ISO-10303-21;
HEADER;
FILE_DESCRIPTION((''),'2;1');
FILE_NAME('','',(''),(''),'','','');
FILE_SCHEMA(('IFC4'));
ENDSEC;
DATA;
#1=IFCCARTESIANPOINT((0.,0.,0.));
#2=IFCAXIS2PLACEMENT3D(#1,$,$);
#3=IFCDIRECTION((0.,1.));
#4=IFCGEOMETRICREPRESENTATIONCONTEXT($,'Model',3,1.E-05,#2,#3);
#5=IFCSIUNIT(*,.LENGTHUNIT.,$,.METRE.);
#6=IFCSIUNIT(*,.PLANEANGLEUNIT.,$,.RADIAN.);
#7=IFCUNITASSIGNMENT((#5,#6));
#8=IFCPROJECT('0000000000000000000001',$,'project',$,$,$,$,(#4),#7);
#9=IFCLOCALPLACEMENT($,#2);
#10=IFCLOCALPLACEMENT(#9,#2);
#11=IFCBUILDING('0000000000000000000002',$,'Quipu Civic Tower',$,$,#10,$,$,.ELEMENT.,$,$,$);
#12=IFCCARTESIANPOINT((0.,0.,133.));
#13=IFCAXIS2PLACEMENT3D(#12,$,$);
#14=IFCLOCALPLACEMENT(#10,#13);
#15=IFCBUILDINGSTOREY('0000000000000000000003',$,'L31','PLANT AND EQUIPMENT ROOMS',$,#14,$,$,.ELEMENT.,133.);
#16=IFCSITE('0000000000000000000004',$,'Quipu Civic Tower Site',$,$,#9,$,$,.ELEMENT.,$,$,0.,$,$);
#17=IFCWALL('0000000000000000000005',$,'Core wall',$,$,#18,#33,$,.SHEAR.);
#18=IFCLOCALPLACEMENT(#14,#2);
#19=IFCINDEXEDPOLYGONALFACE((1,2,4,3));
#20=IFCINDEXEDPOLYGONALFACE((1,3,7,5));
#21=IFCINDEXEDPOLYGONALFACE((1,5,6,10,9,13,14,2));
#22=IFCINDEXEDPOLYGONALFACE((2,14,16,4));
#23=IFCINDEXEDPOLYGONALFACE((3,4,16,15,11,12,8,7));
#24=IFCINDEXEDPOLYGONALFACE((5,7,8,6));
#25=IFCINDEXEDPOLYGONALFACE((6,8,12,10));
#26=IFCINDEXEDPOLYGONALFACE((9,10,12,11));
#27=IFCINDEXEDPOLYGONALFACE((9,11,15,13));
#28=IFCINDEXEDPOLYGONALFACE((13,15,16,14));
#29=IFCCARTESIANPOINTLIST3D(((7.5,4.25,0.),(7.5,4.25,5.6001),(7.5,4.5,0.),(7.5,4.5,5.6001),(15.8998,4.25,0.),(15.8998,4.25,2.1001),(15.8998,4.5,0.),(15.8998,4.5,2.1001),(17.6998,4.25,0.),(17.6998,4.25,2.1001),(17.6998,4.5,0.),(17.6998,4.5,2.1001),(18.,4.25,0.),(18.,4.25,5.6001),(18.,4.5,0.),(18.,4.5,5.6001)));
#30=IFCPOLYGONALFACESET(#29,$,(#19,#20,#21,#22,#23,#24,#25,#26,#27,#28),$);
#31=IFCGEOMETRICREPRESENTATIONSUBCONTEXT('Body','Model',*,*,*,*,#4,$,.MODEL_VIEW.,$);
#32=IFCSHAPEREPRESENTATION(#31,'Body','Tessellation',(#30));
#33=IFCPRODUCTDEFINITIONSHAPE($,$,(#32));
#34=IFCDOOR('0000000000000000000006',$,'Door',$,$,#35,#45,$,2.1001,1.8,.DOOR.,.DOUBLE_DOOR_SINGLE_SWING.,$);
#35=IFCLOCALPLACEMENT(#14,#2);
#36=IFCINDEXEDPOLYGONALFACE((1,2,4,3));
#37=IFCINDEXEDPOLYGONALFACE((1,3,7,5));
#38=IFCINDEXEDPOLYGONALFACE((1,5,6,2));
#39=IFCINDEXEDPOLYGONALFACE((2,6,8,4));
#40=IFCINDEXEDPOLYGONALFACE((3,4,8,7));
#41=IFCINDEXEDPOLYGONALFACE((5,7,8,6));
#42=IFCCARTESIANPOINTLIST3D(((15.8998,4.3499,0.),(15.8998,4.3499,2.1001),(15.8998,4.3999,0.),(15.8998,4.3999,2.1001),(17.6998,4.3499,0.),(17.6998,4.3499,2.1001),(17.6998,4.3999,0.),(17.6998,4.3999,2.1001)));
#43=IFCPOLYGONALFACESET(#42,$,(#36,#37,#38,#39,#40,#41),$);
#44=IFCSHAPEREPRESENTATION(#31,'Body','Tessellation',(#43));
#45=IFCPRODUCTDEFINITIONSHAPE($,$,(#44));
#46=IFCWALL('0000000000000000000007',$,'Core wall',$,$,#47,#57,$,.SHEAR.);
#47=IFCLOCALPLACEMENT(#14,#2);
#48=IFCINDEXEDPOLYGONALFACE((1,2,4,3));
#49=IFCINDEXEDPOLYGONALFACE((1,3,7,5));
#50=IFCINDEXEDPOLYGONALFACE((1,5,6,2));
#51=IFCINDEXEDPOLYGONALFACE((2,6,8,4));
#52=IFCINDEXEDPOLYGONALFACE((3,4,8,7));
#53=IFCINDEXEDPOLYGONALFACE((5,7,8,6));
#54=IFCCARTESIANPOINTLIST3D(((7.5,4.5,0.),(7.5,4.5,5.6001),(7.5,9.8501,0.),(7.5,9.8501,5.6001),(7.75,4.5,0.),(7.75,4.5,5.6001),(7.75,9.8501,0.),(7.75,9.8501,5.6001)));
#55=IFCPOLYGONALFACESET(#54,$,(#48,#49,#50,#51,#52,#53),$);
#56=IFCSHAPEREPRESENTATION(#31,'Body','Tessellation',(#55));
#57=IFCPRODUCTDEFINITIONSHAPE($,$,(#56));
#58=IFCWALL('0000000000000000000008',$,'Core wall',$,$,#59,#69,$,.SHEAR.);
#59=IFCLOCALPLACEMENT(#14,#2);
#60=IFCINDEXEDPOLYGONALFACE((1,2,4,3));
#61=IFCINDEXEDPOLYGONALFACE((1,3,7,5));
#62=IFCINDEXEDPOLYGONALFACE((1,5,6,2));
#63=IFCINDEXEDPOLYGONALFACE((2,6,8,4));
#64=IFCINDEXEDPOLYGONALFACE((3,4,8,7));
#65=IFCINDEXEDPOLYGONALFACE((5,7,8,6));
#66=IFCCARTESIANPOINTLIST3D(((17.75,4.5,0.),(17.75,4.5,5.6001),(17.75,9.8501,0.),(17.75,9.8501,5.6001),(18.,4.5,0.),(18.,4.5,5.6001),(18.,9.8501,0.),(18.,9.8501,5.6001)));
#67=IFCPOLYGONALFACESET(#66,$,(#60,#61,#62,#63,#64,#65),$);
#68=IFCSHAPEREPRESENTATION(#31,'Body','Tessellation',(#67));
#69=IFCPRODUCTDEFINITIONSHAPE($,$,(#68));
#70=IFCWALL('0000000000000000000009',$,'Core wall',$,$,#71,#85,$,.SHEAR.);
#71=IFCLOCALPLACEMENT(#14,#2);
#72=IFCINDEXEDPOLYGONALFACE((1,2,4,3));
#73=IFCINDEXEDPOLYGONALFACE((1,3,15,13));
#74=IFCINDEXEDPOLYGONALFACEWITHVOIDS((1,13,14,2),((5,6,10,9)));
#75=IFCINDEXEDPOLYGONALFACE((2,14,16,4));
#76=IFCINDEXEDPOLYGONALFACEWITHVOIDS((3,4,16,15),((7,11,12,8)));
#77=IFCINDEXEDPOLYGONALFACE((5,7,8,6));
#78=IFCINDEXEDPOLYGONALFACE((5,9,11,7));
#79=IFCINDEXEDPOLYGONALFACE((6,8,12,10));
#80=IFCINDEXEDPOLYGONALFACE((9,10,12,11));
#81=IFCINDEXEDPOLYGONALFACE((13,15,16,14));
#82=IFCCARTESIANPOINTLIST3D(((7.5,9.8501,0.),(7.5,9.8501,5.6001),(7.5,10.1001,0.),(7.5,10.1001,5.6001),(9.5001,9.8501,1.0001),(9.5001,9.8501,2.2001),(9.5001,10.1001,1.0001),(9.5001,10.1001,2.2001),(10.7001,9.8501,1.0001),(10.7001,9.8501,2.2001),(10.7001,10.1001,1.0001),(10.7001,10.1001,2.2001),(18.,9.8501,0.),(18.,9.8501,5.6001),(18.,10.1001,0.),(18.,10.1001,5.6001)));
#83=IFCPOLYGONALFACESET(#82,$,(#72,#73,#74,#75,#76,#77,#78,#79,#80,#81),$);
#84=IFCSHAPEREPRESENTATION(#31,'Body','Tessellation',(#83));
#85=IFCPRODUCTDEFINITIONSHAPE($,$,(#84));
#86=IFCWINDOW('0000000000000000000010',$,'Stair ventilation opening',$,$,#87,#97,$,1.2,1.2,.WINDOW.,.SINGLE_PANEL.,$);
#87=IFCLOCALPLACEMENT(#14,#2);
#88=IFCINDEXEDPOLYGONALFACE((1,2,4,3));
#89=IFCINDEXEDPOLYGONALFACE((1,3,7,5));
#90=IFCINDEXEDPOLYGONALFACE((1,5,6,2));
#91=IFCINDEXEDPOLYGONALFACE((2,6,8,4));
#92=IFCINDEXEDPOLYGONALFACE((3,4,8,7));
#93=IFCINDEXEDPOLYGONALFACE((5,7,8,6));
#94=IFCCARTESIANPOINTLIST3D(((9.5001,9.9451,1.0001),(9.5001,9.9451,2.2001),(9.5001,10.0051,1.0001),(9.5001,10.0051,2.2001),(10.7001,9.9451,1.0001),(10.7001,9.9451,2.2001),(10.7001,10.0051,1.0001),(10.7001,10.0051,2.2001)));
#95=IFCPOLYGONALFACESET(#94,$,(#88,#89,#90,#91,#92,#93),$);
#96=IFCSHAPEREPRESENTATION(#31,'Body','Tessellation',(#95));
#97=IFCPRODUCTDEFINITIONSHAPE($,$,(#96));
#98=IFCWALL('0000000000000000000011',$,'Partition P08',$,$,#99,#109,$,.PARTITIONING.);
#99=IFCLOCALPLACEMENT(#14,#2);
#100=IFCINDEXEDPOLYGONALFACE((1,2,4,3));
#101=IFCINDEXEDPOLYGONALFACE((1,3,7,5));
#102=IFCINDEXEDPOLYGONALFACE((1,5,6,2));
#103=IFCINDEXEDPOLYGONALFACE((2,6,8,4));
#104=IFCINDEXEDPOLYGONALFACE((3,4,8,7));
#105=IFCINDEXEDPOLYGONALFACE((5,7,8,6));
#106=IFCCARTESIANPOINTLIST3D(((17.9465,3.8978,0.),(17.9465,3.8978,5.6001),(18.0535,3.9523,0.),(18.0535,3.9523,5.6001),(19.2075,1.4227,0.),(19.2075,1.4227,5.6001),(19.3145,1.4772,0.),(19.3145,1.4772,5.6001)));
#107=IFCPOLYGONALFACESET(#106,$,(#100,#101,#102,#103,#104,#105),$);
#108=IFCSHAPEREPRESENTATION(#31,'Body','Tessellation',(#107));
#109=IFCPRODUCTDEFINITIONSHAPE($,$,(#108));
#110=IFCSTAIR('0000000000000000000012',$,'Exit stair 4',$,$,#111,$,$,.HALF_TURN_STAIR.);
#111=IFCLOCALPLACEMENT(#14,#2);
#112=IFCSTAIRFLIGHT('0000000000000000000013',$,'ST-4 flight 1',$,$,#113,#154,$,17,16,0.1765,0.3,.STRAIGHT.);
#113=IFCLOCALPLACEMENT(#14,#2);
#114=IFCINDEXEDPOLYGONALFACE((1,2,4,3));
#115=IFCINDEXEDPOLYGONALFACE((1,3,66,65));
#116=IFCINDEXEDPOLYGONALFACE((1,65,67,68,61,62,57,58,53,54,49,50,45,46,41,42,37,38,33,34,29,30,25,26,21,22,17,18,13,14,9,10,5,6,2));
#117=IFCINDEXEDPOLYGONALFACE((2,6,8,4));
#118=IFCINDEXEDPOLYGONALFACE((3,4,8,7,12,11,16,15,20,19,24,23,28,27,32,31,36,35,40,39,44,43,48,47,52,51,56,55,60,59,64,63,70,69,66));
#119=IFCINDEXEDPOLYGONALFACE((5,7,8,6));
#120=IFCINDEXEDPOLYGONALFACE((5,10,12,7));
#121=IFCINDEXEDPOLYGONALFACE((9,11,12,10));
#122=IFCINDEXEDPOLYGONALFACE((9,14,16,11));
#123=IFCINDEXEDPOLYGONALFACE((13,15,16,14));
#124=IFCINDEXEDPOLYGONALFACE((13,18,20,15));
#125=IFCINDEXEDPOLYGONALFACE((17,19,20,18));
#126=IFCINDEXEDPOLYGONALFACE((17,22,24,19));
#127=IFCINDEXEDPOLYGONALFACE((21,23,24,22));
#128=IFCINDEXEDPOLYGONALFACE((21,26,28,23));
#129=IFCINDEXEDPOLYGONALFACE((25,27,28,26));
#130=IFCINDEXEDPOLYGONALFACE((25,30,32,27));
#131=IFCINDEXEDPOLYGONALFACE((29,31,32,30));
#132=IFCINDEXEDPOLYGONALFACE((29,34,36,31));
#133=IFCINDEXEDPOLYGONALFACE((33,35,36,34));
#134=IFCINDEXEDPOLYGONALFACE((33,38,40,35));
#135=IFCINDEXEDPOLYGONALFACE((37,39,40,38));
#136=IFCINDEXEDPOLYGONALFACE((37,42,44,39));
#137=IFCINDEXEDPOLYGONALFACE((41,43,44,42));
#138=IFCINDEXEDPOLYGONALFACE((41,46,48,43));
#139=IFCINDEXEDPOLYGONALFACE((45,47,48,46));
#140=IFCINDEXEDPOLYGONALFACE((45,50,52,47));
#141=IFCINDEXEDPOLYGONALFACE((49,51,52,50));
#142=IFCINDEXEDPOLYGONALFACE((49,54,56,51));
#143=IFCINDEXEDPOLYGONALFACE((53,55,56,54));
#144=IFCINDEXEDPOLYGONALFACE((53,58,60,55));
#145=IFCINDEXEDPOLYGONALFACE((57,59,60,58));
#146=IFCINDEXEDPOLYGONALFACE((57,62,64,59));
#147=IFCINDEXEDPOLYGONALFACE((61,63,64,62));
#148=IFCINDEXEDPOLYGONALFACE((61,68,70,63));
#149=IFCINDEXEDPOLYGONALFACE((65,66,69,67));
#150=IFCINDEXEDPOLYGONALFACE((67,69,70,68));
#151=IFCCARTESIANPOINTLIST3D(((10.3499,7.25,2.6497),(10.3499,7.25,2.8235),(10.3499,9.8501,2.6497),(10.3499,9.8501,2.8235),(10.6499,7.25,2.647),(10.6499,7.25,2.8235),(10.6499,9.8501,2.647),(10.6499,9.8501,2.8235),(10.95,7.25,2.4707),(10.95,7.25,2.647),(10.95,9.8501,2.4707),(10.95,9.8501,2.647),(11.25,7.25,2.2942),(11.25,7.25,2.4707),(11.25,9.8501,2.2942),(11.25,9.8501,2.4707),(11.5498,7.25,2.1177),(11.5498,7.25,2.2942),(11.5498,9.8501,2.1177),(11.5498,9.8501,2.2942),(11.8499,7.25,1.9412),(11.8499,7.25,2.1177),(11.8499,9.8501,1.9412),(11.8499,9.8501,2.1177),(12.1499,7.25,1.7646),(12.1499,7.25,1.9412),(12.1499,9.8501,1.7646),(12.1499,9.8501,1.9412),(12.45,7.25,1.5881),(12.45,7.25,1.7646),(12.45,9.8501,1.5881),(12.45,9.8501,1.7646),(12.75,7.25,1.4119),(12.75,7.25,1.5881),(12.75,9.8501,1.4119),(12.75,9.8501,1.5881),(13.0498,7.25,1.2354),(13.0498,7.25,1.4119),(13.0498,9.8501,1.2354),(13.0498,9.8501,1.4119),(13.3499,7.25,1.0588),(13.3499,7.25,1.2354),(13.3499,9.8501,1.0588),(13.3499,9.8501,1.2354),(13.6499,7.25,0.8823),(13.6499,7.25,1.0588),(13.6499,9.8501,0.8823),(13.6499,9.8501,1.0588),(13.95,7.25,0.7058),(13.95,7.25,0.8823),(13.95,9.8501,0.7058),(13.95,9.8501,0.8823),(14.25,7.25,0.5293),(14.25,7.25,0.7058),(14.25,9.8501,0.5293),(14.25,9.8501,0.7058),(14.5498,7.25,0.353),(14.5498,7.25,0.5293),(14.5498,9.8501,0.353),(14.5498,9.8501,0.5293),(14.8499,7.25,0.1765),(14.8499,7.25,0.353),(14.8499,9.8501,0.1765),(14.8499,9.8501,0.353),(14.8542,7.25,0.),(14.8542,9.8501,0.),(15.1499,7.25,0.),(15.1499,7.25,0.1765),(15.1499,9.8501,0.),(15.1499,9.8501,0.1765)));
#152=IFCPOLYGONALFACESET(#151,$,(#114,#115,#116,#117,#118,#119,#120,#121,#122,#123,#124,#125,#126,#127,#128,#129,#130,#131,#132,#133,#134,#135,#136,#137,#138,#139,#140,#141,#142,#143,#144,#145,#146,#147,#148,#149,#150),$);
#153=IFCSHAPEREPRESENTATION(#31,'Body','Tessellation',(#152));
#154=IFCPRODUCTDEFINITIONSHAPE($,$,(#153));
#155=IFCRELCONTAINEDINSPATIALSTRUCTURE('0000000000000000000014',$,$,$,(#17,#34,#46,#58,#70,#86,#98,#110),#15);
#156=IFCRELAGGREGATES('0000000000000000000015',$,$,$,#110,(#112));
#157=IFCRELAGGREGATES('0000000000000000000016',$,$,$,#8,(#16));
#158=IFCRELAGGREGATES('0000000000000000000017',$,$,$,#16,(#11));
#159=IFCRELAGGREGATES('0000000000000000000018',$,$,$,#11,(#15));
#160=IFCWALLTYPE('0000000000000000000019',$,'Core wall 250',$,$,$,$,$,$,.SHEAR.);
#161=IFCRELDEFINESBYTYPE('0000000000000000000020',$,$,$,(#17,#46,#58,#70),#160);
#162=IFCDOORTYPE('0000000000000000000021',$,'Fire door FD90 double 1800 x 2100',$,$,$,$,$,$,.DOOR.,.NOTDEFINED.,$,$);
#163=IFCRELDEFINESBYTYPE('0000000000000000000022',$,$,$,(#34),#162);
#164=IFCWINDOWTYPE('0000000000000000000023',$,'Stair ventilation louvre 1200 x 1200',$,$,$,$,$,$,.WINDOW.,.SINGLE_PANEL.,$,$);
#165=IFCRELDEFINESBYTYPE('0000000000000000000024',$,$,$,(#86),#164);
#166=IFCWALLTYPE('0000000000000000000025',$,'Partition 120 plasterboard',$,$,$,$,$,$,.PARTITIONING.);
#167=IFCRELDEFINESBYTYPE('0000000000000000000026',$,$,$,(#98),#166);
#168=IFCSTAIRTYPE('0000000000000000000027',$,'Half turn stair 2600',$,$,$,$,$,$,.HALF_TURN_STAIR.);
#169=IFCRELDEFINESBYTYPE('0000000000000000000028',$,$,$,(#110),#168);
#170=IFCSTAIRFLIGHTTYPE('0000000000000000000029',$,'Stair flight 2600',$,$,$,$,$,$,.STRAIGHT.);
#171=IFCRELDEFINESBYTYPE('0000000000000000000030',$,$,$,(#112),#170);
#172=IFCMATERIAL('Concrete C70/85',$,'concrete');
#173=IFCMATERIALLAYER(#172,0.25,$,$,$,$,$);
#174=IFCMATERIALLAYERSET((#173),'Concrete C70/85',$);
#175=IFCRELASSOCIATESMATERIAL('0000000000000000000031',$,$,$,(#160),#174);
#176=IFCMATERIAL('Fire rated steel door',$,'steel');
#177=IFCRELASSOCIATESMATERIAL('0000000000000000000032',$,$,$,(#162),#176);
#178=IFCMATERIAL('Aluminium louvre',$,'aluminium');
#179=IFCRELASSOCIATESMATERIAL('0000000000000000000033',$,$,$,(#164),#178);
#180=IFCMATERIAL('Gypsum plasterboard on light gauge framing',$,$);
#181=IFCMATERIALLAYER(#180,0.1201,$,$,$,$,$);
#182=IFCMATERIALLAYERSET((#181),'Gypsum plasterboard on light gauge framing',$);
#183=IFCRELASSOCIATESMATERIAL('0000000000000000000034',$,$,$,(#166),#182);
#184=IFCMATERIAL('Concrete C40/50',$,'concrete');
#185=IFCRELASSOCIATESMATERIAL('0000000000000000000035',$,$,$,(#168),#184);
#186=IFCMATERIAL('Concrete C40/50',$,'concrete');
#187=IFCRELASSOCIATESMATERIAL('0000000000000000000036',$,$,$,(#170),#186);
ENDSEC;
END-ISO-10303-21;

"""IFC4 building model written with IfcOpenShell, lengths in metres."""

from ifc_helpers import new_model, si_unit, direction, frame, frame_2d, origin, place, context, subcontext, project, spatial, polyline, rectangle, outline, extrude, material, layer, layer_set, type_object, element, fill, aggregate, save


model = new_model("IFC4")

# Units and contexts
model_context = context("Model", 3, precision=1e-05, world=origin(), true_north=direction((0.0, 1.0)))
body_context = subcontext(model_context, "Body", "Model", "MODEL_VIEW")
ifc_project = project(units=[si_unit("LENGTHUNIT", "METRE"), si_unit("PLANEANGLEUNIT", "RADIAN")], contexts=[model_context])

# Site, building, storey
site_placement = place(None, origin())
site = spatial("IfcSite", under=ifc_project, at=site_placement, Name="Quipu Civic Tower Site", CompositionType="ELEMENT", RefElevation=0.0)
building_placement = place(site_placement, origin())
building = spatial("IfcBuilding", under=site, at=building_placement, Name="Quipu Civic Tower", CompositionType="ELEMENT")
storey_placement = place(building_placement, frame((0.0, 0.0, 133.0)))
storey = spatial("IfcBuildingStorey", under=building, at=storey_placement, Name="L31", Description="PLANT AND EQUIPMENT ROOMS", CompositionType="ELEMENT", Elevation=133.0)

# Shared definitions
ifc_material_1 = material(Name="Concrete C70/85", Category="concrete")
ifc_layer_1 = layer(ifc_material_1, 0.25)
ifc_layer_set_1 = layer_set([ifc_layer_1], Name="Concrete C70/85")
wall_type_1 = type_object("IfcWallType", Name="Core wall 250", PredefinedType="SHEAR", material=ifc_layer_set_1)
ifc_material_2 = material(Name="Fire rated steel door", Category="steel")
door_type = type_object("IfcDoorType", Name="Fire door FD90 double 1800 x 2100", OperationType="NOTDEFINED", PredefinedType="DOOR", material=ifc_material_2)

# Wall, opening, door
wall_1_placement = place(storey_placement, frame((7.5, 4.375, 0.0), z_axis=(0.0, 0.0, 1.0), x_axis=(1.0, 0.0, 0.0)))
wall_1 = element("IfcWall", 1, at=wall_1_placement, inside=storey, type_object=wall_type_1, Name="Core wall", PredefinedType="SHEAR", context=body_context, shape_type="SweptSolid", body=[
    extrude(rectangle(XDim=10.5, YDim=0.25, at=frame_2d((5.25, 0.0))), origin(), (0.0, 0.0, 1.0), 5.6001),
])
opening_1_placement = place(wall_1_placement, frame((8.3999, 0.0, 0.0)))
opening_1 = element("IfcOpeningElement", 2, at=opening_1_placement, cuts=wall_1, PredefinedType="OPENING", context=body_context, shape_type="SweptSolid", body=[
    extrude(rectangle(XDim=1.8, YDim=2.1001, at=frame_2d((0.8999, 1.05))), frame((0.0, 0.135, 0.0), z_axis=(0.0, -1.0, 0.0), x_axis=(1.0, 0.0, 0.0)), (0.0, 0.0, 1.0), 0.27),
])
door_1_placement = place(opening_1_placement, origin())
door_1 = element("IfcDoor", 3, at=door_1_placement, inside=storey, type_object=door_type, Name="Door", OperationType="DOUBLE_DOOR_SINGLE_SWING", OverallHeight=2.1001, OverallWidth=1.8, PredefinedType="DOOR", context=body_context, shape_type="SweptSolid", body=[
    extrude(rectangle(XDim=1.8, YDim=2.1001, at=frame_2d((0.8999, 1.05))), frame((0.0, 0.0249, 0.0), z_axis=(0.0, -1.0, 0.0), x_axis=(1.0, 0.0, 0.0)), (0.0, 0.0, 1.0), 0.05),
])
fill(opening_1, door_1)

# Walls
for number, where, z_axis, x_axis, name in (
    (4, (7.625, 4.5, 0.0), (0.0, 0.0, 1.0), (0.0, 1.0, 0.0), "Core wall"),
    (5, (17.875, 4.5, 0.0), (0.0, 0.0, 1.0), (0.0, 1.0, 0.0), "Core wall"),
):
    element("IfcWall", number, at=place(storey_placement, frame(where, z_axis=z_axis, x_axis=x_axis)), inside=storey, type_object=wall_type_1, Name=name, PredefinedType="SHEAR", context=body_context, shape_type="SweptSolid", body=[
        extrude(rectangle(XDim=5.3501, YDim=0.25, at=frame_2d((2.675, 0.0))), origin(), (0.0, 0.0, 1.0), 5.6001),
    ])

# Wall, opening, window
wall_2_placement = place(storey_placement, frame((7.5, 9.9751, 0.0), z_axis=(0.0, 0.0, 1.0), x_axis=(1.0, 0.0, 0.0)))
wall_2 = element("IfcWall", 6, at=wall_2_placement, inside=storey, type_object=wall_type_1, Name="Core wall", PredefinedType="SHEAR", context=body_context, shape_type="SweptSolid", body=[
    extrude(rectangle(XDim=10.5, YDim=0.25, at=frame_2d((5.25, 0.0))), origin(), (0.0, 0.0, 1.0), 5.6001),
])
opening_2_placement = place(wall_2_placement, frame((2.0, 0.0, 1.0)))
opening_2 = element("IfcOpeningElement", 7, at=opening_2_placement, cuts=wall_2, PredefinedType="OPENING", context=body_context, shape_type="SweptSolid", body=[
    extrude(rectangle(XDim=1.2, YDim=1.2, at=frame_2d((0.6001, 0.6001))), frame((0.0, 0.135, 0.0), z_axis=(0.0, -1.0, 0.0), x_axis=(1.0, 0.0, 0.0)), (0.0, 0.0, 1.0), 0.27),
])
ifc_material_3 = material(Name="Aluminium louvre", Category="aluminium")
window_type = type_object("IfcWindowType", Name="Stair ventilation louvre 1200 x 1200", PartitioningType="SINGLE_PANEL", PredefinedType="WINDOW", material=ifc_material_3)
window_placement = place(opening_2_placement, origin())
window = element("IfcWindow", 8, at=window_placement, inside=storey, type_object=window_type, Name="Stair ventilation opening", OverallHeight=1.2, OverallWidth=1.2, PartitioningType="SINGLE_PANEL", PredefinedType="WINDOW", context=body_context, shape_type="SweptSolid", body=[
    extrude(rectangle(XDim=1.2, YDim=1.2, at=frame_2d((0.6001, 0.6001))), frame((0.0, 0.03, 0.0), z_axis=(0.0, -1.0, 0.0), x_axis=(1.0, 0.0, 0.0)), (0.0, 0.0, 1.0), 0.0601),
])
fill(opening_2, window)

# Wall
ifc_material_4 = material(Name="Gypsum plasterboard on light gauge framing")
ifc_layer_2 = layer(ifc_material_4, 0.1201)
ifc_layer_set_2 = layer_set([ifc_layer_2], Name="Gypsum plasterboard on light gauge framing")
wall_type_2 = type_object("IfcWallType", Name="Partition 120 plasterboard", PredefinedType="PARTITIONING", material=ifc_layer_set_2)
wall_3_placement = place(storey_placement, frame((18.0, 3.925, 0.0), z_axis=(0.0, 0.0, 1.0), x_axis=(0.453951, -0.891027, 0.0)))
element("IfcWall", 9, at=wall_3_placement, inside=storey, type_object=wall_type_2, Name="Partition P08", PredefinedType="PARTITIONING", context=body_context, shape_type="SweptSolid", body=[
    extrude(rectangle(XDim=2.7778, YDim=0.1201, at=frame_2d((1.3889, 0.0))), origin(), (0.0, 0.0, 1.0), 5.6001),
])

# Stair, stair flight
ifc_material_5 = material(Name="Concrete C40/50", Category="concrete")
stair_type = type_object("IfcStairType", Name="Half turn stair 2600", PredefinedType="HALF_TURN_STAIR", material=ifc_material_5)
stair_placement = place(storey_placement, origin())
stair = element("IfcStair", 10, at=stair_placement, inside=storey, type_object=stair_type, Name="Exit stair 4", PredefinedType="HALF_TURN_STAIR")
ifc_material_6 = material(Name="Concrete C40/50", Category="concrete")
stair_flight_type = type_object("IfcStairFlightType", Name="Stair flight 2600", PredefinedType="STRAIGHT", material=ifc_material_6)
stair_flight_1_placement = place(storey_placement, frame((15.1499, 8.55, 0.0), z_axis=(0.0, 0.0, 1.0), x_axis=(-1.0, 0.0, 0.0)))
stair_flight_1 = element("IfcStairFlight", 11, at=stair_flight_1_placement, type_object=stair_flight_type, Name="ST-4 flight 1", NumberOfRisers=17, NumberOfTreads=16, PredefinedType="STRAIGHT", RiserHeight=0.1765, TreadLength=0.3, context=body_context, shape_type="SweptSolid", body=[
    extrude(outline(polyline([(0.0, 0.0), (0.0, 0.1765), (0.3, 0.1765), (0.3, 0.353), (0.6001, 0.353), (0.6001, 0.5293), (0.8999, 0.5293), (0.8999, 0.7058), (1.2, 0.7058), (1.2, 0.8823), (1.5, 0.8823), (1.5, 1.0588), (1.8, 1.0588), (1.8, 1.2354), (2.1001, 1.2354), (2.1001, 1.4119), (2.3999, 1.4119), (2.3999, 1.5881), (2.7, 1.5881), (2.7, 1.7646), (3.0, 1.7646), (3.0, 1.9412), (3.3, 1.9412), (3.3, 2.1177), (3.6001, 2.1177), (3.6001, 2.2942), (3.8999, 2.2942), (3.8999, 2.4707), (4.2, 2.4707), (4.2, 2.647), (4.5, 2.647), (4.5, 2.8235), (4.8, 2.8235), (4.8, 3.0), (4.8, 2.6497), (0.2957, 0.0), (0.0, 0.0)])), frame((0.0, 1.3, 0.0), z_axis=(0.0, -1.0, 0.0), x_axis=(1.0, 0.0, 0.0)), (0.0, 0.0, 1.0), 2.6001),
])
aggregate(stair, [stair_flight_1])

save(model, "model.ifc")
